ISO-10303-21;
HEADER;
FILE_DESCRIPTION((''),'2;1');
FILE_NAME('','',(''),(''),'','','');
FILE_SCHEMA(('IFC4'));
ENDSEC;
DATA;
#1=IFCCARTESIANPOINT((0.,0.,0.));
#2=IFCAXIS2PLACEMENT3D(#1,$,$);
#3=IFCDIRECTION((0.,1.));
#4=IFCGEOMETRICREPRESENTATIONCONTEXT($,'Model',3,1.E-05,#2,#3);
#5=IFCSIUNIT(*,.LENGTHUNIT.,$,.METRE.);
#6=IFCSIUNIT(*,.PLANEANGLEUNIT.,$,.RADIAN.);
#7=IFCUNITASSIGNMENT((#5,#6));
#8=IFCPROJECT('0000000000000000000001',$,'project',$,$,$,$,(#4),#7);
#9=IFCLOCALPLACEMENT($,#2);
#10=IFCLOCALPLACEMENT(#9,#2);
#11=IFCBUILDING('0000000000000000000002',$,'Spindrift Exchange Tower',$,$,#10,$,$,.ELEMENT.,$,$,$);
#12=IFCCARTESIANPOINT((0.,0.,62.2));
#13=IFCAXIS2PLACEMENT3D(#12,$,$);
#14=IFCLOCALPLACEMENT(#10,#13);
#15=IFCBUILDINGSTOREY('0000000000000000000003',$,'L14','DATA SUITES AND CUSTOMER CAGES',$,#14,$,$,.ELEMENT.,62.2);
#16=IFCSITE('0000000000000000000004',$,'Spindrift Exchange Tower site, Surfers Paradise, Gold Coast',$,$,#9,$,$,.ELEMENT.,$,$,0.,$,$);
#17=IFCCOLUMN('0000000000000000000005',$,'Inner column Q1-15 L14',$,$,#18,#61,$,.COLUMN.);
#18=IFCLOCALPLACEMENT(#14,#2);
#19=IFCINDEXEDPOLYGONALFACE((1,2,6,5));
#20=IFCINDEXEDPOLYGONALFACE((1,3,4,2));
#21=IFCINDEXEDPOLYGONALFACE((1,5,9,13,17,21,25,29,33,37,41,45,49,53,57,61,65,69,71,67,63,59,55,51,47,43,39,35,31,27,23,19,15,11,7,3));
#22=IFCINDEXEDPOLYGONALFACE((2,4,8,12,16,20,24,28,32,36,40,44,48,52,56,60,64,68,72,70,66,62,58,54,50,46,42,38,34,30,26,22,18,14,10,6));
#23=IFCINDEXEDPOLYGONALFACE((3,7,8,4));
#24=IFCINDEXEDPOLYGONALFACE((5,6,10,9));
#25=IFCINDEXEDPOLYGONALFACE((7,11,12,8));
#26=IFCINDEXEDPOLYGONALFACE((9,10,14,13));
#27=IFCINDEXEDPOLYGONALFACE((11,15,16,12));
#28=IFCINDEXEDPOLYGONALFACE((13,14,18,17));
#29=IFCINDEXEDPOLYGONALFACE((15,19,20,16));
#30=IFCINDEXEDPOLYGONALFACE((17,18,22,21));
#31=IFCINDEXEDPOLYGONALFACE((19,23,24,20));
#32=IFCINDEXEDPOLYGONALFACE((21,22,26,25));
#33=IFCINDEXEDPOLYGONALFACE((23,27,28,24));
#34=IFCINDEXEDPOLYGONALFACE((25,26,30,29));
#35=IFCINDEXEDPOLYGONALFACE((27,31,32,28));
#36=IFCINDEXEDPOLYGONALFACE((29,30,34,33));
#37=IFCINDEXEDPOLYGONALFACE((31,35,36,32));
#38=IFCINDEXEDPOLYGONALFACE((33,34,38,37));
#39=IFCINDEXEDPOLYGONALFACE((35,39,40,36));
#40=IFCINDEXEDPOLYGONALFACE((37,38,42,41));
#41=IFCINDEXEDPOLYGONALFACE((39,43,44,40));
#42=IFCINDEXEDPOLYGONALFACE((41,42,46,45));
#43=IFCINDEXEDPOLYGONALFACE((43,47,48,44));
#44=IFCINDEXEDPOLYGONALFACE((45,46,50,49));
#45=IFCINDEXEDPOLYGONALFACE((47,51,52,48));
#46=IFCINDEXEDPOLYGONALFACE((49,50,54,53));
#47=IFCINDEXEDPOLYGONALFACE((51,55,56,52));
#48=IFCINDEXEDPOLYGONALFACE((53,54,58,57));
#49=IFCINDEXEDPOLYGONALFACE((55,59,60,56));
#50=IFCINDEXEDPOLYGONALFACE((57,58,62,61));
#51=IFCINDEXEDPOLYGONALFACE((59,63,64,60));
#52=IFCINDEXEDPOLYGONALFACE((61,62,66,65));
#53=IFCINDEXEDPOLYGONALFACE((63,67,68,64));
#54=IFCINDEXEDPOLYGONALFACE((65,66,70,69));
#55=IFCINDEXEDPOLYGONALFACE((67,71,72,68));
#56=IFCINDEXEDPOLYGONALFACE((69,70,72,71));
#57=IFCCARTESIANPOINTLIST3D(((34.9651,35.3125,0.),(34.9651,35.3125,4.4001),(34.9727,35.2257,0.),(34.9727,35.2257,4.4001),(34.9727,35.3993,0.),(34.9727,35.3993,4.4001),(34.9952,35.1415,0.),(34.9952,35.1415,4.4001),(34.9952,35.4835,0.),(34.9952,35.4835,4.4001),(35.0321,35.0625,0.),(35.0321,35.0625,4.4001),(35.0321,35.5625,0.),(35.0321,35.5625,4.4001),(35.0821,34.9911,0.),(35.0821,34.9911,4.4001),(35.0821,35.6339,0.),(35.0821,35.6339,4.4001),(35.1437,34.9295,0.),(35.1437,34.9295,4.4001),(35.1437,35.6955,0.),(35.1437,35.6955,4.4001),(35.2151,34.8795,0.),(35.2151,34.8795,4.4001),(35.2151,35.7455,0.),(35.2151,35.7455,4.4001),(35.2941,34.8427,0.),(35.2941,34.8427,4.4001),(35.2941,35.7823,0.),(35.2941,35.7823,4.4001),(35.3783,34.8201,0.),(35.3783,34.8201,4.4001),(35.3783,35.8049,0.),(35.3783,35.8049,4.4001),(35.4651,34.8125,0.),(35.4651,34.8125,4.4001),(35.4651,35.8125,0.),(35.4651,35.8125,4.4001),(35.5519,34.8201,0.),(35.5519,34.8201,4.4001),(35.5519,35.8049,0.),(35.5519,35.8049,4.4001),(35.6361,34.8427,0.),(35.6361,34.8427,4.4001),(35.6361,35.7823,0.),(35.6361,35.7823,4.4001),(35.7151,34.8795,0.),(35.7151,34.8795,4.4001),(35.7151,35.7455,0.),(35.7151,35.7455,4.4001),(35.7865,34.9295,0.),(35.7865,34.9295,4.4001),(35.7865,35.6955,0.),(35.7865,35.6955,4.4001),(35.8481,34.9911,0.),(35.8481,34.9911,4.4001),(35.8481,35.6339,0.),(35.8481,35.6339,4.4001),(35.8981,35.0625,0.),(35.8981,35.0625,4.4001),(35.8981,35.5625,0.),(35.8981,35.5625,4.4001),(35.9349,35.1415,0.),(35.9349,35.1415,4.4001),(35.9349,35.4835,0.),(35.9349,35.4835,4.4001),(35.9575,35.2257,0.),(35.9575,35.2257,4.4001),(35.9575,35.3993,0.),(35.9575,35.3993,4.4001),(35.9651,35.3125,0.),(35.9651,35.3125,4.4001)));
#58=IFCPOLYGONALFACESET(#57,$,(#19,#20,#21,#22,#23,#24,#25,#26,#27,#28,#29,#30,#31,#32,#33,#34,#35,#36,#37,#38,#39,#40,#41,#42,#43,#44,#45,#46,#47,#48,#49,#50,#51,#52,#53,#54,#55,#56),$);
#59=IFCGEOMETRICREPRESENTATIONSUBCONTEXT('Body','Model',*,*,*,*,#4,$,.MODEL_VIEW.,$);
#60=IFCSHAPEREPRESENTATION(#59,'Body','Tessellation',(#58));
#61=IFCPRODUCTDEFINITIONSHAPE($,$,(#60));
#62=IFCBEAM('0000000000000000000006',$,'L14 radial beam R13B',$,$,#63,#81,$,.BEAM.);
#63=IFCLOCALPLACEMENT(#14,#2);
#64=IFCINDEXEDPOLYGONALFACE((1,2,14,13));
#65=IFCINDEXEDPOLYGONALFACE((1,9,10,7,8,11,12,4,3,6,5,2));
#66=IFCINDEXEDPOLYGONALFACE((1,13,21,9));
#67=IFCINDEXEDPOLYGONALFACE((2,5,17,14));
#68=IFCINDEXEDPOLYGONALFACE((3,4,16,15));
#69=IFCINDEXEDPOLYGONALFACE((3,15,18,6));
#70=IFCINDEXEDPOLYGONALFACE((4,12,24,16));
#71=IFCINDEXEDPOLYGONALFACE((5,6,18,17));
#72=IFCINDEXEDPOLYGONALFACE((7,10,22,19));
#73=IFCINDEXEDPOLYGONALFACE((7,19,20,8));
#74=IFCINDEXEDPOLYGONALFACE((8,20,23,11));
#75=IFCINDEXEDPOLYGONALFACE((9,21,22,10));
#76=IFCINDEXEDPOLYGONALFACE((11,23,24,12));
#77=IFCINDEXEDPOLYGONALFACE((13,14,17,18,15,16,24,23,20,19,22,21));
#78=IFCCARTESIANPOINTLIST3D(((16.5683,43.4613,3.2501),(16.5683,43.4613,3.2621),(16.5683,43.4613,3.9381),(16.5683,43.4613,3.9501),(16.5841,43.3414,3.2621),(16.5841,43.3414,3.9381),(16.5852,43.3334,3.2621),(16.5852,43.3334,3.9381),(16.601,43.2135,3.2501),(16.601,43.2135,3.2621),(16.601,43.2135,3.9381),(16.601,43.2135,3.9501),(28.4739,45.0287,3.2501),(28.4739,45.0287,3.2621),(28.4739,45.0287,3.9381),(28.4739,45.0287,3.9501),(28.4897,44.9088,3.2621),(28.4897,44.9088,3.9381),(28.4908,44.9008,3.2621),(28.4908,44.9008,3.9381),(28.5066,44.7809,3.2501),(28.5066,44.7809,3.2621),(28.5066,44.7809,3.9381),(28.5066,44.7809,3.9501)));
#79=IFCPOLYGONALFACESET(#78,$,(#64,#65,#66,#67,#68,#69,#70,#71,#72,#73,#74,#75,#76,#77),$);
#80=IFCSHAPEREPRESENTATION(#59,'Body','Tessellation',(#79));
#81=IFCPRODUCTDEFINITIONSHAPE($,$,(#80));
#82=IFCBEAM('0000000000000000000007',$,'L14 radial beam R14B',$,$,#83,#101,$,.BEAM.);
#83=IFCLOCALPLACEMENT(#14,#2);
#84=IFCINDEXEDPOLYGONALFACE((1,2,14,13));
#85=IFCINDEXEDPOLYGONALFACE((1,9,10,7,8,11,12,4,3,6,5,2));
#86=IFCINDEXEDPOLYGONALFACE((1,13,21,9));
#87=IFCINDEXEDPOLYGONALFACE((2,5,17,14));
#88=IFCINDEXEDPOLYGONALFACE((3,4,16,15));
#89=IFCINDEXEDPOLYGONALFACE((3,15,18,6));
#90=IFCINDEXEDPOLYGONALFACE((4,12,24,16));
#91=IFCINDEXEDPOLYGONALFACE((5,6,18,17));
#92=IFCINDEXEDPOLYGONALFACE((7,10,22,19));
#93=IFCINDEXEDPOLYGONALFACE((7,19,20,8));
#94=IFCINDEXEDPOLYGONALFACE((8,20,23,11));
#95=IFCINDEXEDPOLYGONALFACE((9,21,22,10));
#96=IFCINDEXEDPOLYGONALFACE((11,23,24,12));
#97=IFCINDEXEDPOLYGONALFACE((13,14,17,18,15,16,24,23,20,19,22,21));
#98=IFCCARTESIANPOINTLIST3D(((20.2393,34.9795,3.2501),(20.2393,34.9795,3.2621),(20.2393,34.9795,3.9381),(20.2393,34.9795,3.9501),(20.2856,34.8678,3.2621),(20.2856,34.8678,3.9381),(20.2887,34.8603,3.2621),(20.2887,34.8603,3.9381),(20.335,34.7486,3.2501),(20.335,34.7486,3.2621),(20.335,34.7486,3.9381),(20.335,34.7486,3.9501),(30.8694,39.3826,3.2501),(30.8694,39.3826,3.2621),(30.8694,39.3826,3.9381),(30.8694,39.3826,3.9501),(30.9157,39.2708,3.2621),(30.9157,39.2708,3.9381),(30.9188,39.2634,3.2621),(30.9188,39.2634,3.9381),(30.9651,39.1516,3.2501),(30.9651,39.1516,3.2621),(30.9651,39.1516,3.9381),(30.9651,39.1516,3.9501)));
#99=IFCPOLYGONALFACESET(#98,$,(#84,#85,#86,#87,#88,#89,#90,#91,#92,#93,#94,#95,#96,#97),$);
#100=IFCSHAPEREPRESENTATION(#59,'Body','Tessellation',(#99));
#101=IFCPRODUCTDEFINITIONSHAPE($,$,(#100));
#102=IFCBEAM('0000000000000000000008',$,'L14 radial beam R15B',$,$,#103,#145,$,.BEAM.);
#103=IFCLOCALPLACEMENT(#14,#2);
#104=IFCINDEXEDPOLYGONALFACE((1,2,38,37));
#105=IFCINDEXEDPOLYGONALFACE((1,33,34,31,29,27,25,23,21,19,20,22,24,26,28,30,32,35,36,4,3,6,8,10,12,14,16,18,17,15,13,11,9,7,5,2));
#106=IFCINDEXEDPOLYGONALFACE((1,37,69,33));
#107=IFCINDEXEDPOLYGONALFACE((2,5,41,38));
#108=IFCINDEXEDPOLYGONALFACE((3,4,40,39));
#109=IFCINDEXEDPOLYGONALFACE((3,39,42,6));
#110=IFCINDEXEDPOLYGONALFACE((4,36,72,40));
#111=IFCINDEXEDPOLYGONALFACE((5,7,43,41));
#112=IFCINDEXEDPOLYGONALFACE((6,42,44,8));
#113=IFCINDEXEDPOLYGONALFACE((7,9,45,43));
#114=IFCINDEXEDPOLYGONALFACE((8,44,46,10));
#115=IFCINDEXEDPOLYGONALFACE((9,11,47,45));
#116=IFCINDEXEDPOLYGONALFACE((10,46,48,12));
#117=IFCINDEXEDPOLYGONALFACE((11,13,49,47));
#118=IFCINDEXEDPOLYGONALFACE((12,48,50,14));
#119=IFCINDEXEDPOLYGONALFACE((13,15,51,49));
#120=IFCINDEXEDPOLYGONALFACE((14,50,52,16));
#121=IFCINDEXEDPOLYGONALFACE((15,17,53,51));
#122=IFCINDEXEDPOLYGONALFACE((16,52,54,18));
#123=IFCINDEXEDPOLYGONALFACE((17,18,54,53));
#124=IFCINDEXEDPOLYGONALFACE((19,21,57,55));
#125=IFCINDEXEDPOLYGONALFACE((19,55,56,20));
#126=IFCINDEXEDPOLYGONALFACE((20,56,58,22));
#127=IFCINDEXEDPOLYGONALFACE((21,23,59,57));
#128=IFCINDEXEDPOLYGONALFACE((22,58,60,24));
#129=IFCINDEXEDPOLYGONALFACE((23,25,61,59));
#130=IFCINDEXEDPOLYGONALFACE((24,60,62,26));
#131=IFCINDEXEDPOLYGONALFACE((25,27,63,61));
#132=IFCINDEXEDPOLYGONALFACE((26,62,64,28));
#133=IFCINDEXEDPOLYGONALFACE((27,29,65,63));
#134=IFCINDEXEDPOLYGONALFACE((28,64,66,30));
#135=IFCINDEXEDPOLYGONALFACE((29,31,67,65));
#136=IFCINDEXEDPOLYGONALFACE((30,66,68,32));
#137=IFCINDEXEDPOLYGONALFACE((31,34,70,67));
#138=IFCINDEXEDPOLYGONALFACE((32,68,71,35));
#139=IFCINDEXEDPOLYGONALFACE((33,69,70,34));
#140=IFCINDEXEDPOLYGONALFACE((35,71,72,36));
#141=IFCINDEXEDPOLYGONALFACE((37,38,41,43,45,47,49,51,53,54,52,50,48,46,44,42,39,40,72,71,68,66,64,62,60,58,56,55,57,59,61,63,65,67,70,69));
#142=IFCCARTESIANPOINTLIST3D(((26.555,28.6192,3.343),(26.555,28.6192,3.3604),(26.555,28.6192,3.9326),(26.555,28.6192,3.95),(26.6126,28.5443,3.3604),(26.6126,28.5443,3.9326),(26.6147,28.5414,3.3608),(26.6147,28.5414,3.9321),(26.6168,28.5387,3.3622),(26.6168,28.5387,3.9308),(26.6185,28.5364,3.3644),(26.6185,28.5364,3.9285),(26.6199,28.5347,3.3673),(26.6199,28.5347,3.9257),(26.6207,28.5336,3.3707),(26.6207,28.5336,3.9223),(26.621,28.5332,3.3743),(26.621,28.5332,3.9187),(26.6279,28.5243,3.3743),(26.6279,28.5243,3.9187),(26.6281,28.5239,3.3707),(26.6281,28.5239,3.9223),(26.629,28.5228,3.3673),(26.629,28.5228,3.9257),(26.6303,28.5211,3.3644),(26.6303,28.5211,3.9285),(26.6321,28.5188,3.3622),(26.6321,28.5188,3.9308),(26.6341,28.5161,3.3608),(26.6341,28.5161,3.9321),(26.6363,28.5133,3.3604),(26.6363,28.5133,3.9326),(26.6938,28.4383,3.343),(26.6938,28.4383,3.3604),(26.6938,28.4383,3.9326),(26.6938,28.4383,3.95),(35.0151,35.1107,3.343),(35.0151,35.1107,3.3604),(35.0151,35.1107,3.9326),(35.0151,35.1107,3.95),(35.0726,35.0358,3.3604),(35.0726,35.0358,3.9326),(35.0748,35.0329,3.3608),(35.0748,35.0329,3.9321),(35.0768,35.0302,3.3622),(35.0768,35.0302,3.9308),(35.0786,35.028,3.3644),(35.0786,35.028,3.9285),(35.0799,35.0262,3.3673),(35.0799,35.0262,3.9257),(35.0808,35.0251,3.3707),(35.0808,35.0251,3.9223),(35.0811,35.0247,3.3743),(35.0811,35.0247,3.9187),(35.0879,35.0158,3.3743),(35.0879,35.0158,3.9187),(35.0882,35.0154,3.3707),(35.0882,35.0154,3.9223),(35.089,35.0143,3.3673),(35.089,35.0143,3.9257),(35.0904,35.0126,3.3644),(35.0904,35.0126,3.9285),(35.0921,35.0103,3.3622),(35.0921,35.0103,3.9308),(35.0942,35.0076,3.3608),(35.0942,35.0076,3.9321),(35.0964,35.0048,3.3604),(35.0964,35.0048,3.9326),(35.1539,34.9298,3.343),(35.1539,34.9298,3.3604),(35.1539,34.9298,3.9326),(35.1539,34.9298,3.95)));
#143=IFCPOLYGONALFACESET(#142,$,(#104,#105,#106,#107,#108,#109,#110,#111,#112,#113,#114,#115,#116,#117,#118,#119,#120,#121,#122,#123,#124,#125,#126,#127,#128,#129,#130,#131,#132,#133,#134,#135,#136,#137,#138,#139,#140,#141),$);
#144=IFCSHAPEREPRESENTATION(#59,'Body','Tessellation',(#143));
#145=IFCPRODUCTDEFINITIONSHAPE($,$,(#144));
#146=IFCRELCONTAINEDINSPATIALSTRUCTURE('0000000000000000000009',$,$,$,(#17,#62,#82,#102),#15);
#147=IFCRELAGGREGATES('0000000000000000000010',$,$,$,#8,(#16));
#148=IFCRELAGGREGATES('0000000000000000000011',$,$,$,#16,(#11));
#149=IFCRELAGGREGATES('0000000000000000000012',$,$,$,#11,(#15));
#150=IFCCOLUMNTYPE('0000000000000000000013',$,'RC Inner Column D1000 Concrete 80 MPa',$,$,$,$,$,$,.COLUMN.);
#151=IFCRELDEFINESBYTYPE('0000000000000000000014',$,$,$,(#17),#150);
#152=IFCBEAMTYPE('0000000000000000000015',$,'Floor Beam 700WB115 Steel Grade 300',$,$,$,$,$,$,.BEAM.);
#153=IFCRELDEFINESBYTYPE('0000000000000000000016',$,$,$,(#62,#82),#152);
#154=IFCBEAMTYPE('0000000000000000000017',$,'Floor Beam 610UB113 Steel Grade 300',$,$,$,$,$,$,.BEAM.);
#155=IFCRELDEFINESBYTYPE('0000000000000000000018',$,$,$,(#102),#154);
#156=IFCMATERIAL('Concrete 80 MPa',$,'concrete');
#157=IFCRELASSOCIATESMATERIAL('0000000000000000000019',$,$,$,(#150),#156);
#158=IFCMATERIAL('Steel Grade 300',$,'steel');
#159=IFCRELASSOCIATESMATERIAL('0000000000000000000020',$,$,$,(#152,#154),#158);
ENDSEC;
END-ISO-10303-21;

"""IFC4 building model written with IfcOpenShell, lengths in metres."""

from ifc_helpers import new_model, si_unit, direction, frame, origin, origin_2d, place, context, subcontext, project, spatial, circle, i_section, extrude, source, transform, mapped, material, material_profile, profile_set, type_object, element, save


model = new_model("IFC4")

# Units and contexts
model_context = context("Model", 3, precision=1e-05, world=origin(), true_north=direction((0.0, 1.0)))
body_context = subcontext(model_context, "Body", "Model", "MODEL_VIEW")
ifc_project = project(units=[si_unit("LENGTHUNIT", "METRE"), si_unit("PLANEANGLEUNIT", "RADIAN")], contexts=[model_context])

# Site, building, storey
site_placement = place(None, origin())
site = spatial("IfcSite", under=ifc_project, at=site_placement, Name="Spindrift Exchange Tower site, Surfers Paradise, Gold Coast", CompositionType="ELEMENT", RefElevation=0.0)
building_placement = place(site_placement, origin())
building = spatial("IfcBuilding", under=site, at=building_placement, Name="Spindrift Exchange Tower", CompositionType="ELEMENT")
storey_placement = place(building_placement, frame((0.0, 0.0, 62.2)))
storey = spatial("IfcBuildingStorey", under=building, at=storey_placement, Name="L14", Description="DATA SUITES AND CUSTOMER CAGES", CompositionType="ELEMENT", Elevation=62.2)

# Column
ifc_material_1 = material(Name="Concrete 80 MPa", Category="concrete")
ifc_material_profile_1 = material_profile(ifc_material_1, circle(Radius=0.5, at=origin_2d()), Name="RC D1000")
ifc_profile_set_1 = profile_set([ifc_material_profile_1], Name="Concrete 80 MPa")
column_type_1 = type_object("IfcColumnType", Name="RC Inner Column D1000 Concrete 80 MPa", PredefinedType="COLUMN", material=ifc_profile_set_1)
shared_shape_1 = source(origin(), body_context, "Body", "SweptSolid", [
    extrude(circle(Radius=0.5, at=origin_2d()), origin(), (0.0, 0.0, 1.0), 4.4001),
])
for number, where, z_axis, x_axis, name in (
    (1, (35.4651, 35.3125, 0.0), (0.0, 0.0, 1.0), (1.0, 0.0, 0.0), "Inner column Q1-15 L14"),
):
    element("IfcColumn", number, at=place(storey_placement, frame(where, z_axis=z_axis, x_axis=x_axis)), inside=storey, type_object=column_type_1, Name=name, PredefinedType="COLUMN", context=body_context, shape_type="MappedRepresentation", body=[
        mapped(shared_shape_1, transform((0.0, 0.0, 0.0), scale=1.0)),
    ])

# Beams
ifc_material_2 = material(Name="Steel Grade 300", Category="steel")
ifc_material_profile_2 = material_profile(ifc_material_2, i_section(OverallWidth=0.25, OverallDepth=0.7, WebThickness=0.0081, FlangeThickness=0.012, at=origin_2d()), Name="700WB115")
ifc_profile_set_2 = profile_set([ifc_material_profile_2], Name="Steel Grade 300")
beam_type_1 = type_object("IfcBeamType", Name="Floor Beam 700WB115 Steel Grade 300", PredefinedType="BEAM", material=ifc_profile_set_2)
shared_shape_2 = source(origin(), body_context, "Body", "SweptSolid", [
    extrude(i_section(OverallWidth=0.25, OverallDepth=0.7, WebThickness=0.0081, FlangeThickness=0.012, at=origin_2d()), origin(), (0.0, 0.0, 1.0), 12.0083),
])
beam_1_placement = place(storey_placement, frame((28.4902, 44.9048, 3.6001), z_axis=(-0.991445, -0.130526, 0.0), x_axis=(0.130526, -0.991445, 0.0)))
element("IfcBeam", 2, at=beam_1_placement, inside=storey, type_object=beam_type_1, Name="L14 radial beam R13B", PredefinedType="BEAM", context=body_context, shape_type="MappedRepresentation", body=[
    mapped(shared_shape_2, transform((0.0, 0.0, 0.0), scale=1.0)),
])
shared_shape_3 = source(origin(), body_context, "Body", "SweptSolid", [
    extrude(i_section(OverallWidth=0.25, OverallDepth=0.7, WebThickness=0.0081, FlangeThickness=0.012, at=origin_2d()), origin(), (0.0, 0.0, 1.0), 11.5059),
])
beam_2_placement = place(storey_placement, frame((30.9172, 39.2671, 3.6001), z_axis=(-0.923882, -0.382678, 0.0), x_axis=(0.382678, -0.923882, 0.0)))
element("IfcBeam", 3, at=beam_2_placement, inside=storey, type_object=beam_type_1, Name="L14 radial beam R14B", PredefinedType="BEAM", context=body_context, shape_type="MappedRepresentation", body=[
    mapped(shared_shape_3, transform((0.0, 0.0, 0.0), scale=1.0)),
])
ifc_material_profile_3 = material_profile(ifc_material_2, i_section(OverallWidth=0.228, OverallDepth=0.6069, WebThickness=0.0112, FlangeThickness=0.0173, FilletRadius=0.0139, at=origin_2d()), Name="610UB113")
ifc_profile_set_3 = profile_set([ifc_material_profile_3], Name="Steel Grade 300")
beam_type_2 = type_object("IfcBeamType", Name="Floor Beam 610UB113 Steel Grade 300", PredefinedType="BEAM", material=ifc_profile_set_3)
shared_shape_4 = source(origin(), body_context, "Body", "SweptSolid", [
    extrude(i_section(OverallWidth=0.228, OverallDepth=0.6069, WebThickness=0.0112, FlangeThickness=0.0173, FilletRadius=0.0139, at=origin_2d()), origin(), (0.0, 0.0, 1.0), 10.6636),
])
beam_3_placement = place(storey_placement, frame((35.0845, 35.0203, 3.6465), z_axis=(-0.793358, -0.608755, 0.0), x_axis=(0.608755, -0.793358, 0.0)))
element("IfcBeam", 4, at=beam_3_placement, inside=storey, type_object=beam_type_2, Name="L14 radial beam R15B", PredefinedType="BEAM", context=body_context, shape_type="MappedRepresentation", body=[
    mapped(shared_shape_4, transform((0.0, 0.0, 0.0), scale=1.0)),
])

save(model, "model.ifc")
